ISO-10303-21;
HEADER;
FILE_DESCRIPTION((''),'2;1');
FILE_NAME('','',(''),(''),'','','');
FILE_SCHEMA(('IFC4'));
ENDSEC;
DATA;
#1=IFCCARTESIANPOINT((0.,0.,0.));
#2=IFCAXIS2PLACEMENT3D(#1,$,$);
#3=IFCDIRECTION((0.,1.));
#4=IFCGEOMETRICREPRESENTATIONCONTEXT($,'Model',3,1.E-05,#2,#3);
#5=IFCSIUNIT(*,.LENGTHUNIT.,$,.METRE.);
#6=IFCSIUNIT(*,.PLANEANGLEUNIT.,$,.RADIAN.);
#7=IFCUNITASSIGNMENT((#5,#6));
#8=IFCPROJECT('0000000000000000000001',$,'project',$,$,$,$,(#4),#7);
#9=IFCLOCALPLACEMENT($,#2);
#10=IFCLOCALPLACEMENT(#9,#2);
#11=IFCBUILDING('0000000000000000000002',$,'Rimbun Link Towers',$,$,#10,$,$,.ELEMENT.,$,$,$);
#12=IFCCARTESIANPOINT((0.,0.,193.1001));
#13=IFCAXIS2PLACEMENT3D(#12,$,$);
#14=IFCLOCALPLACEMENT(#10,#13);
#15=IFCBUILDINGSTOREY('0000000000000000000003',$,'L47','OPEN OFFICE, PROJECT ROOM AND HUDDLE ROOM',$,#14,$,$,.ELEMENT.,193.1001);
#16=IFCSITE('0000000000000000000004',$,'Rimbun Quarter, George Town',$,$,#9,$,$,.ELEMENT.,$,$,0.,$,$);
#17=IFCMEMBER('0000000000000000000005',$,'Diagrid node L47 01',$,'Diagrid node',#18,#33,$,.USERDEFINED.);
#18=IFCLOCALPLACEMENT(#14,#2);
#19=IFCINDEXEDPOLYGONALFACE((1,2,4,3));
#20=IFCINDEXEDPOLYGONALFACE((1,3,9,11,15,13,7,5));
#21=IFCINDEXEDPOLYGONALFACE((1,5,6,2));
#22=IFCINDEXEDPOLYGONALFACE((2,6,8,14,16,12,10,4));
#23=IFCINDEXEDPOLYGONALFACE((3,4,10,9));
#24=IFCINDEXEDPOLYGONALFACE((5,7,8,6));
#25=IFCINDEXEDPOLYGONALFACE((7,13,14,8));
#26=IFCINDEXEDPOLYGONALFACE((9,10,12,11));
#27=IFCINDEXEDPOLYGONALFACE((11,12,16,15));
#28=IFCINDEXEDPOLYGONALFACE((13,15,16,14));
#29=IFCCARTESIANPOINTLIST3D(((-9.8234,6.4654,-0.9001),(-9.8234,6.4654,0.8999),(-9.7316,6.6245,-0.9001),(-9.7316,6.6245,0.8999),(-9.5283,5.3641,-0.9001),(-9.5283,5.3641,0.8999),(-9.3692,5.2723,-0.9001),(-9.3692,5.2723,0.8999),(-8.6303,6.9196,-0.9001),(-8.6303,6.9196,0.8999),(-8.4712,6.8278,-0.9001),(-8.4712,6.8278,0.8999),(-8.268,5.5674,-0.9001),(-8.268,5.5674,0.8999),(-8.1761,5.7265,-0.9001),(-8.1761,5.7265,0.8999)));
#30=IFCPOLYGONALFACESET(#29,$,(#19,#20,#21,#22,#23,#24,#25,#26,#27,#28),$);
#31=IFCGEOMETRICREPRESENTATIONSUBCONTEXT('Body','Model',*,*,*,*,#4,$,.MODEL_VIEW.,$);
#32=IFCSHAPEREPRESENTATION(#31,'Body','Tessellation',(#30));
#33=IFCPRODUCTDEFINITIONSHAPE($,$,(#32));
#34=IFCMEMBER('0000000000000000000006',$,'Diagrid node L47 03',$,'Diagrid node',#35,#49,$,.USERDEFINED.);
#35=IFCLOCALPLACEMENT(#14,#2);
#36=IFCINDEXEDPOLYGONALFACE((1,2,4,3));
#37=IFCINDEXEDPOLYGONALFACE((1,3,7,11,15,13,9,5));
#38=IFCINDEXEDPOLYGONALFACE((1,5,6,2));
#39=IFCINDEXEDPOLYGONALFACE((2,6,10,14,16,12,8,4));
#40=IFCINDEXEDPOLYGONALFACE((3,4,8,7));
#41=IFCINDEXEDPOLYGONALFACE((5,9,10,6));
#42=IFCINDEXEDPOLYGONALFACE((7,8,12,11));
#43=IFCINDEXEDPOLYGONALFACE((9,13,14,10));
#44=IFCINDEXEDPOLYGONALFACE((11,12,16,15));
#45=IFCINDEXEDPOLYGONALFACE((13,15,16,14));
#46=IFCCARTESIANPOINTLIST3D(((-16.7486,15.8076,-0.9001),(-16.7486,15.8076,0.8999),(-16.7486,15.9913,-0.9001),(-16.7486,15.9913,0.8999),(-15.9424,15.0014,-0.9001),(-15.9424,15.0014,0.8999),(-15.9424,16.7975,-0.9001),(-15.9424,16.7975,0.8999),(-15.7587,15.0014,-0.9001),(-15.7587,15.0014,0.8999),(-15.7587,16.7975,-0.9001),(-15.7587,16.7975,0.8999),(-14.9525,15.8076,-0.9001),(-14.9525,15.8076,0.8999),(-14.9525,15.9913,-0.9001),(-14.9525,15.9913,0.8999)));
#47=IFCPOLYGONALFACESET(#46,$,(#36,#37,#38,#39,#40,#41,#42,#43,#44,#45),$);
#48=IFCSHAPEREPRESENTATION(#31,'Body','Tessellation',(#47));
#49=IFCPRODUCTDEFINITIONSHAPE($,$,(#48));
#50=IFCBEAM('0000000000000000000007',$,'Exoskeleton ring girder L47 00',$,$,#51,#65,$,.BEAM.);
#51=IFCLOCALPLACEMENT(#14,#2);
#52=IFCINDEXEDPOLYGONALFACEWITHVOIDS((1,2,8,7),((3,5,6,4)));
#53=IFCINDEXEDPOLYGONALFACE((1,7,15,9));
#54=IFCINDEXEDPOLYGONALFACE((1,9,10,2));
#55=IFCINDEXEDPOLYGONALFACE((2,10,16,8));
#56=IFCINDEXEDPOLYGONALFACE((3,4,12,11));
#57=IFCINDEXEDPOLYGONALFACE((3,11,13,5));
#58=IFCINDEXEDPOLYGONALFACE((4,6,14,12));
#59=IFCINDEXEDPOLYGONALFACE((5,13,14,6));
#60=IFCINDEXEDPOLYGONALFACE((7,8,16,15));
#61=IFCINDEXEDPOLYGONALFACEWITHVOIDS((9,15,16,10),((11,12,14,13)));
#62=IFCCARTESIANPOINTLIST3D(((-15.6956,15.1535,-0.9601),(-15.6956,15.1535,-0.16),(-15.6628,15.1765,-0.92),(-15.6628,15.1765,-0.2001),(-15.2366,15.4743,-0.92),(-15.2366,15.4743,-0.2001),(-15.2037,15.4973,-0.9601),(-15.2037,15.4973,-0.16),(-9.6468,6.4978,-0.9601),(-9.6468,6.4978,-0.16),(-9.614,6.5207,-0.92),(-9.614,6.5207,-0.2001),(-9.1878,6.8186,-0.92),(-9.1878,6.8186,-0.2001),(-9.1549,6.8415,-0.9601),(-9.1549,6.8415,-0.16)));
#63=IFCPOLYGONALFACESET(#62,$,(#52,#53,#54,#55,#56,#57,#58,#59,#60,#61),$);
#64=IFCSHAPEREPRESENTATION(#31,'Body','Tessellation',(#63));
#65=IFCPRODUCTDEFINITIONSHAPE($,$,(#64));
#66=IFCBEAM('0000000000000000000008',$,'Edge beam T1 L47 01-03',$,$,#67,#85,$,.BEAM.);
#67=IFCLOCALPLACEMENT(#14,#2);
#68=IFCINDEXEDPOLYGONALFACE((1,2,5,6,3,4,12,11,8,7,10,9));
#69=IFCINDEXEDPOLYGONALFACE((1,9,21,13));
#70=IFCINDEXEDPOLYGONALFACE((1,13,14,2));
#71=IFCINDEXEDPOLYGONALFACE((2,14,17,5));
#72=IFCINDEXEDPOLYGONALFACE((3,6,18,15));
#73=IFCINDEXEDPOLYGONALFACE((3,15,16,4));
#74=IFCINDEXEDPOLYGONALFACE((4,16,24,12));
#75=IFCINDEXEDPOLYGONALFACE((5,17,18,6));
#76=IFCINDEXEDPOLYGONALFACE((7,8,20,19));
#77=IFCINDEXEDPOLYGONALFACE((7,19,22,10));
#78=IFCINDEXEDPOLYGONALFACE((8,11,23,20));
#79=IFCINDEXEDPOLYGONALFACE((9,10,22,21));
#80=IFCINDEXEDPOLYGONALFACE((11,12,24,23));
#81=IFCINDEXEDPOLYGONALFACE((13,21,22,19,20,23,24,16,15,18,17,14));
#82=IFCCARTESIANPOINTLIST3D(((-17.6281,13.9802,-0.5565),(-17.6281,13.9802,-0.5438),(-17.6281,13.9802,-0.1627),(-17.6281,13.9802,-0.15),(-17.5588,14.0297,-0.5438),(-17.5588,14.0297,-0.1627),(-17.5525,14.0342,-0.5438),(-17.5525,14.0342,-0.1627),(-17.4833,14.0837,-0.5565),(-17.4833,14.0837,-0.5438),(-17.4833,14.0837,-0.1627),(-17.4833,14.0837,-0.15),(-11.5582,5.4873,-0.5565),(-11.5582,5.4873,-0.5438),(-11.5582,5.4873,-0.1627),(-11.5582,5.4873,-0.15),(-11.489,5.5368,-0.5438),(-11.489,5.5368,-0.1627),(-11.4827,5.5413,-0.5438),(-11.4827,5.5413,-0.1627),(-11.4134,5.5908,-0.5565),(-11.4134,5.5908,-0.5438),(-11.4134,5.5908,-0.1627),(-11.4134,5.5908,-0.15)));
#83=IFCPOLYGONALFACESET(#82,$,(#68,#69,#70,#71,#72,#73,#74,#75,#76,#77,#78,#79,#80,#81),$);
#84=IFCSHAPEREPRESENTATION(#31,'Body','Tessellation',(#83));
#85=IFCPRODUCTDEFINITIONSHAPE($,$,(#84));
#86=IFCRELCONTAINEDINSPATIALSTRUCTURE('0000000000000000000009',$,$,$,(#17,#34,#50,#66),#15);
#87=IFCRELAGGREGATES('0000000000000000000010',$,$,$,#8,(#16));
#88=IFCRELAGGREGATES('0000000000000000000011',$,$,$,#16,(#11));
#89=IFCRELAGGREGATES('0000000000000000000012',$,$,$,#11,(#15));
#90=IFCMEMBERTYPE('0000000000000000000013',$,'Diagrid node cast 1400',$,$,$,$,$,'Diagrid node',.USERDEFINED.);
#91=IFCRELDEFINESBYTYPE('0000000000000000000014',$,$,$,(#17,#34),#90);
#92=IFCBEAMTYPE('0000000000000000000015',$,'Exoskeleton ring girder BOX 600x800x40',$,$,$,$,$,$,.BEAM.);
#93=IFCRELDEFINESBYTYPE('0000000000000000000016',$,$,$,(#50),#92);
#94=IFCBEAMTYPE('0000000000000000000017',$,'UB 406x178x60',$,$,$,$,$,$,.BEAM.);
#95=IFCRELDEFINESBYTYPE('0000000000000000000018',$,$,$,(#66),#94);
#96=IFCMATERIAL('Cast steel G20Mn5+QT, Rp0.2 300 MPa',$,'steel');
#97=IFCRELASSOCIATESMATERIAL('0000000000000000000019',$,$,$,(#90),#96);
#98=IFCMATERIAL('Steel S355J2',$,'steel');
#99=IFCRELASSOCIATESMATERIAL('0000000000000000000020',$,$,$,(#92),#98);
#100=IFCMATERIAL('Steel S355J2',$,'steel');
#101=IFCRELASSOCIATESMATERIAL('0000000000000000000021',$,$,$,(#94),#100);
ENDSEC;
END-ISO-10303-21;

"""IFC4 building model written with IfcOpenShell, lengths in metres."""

from ifc_helpers import new_model, si_unit, direction, frame, origin, origin_2d, place, context, subcontext, project, spatial, polyline, hollow_rectangle, i_section, outline, extrude, material, material_profile, profile_set, type_object, element, save


model = new_model("IFC4")

# Units and contexts
model_context = context("Model", 3, precision=1e-05, world=origin(), true_north=direction((0.0, 1.0)))
body_context = subcontext(model_context, "Body", "Model", "MODEL_VIEW")
ifc_project = project(units=[si_unit("LENGTHUNIT", "METRE"), si_unit("PLANEANGLEUNIT", "RADIAN")], contexts=[model_context])

# Site, building, storey
site_placement = place(None, origin())
site = spatial("IfcSite", under=ifc_project, at=site_placement, Name="Rimbun Quarter, George Town", CompositionType="ELEMENT", RefElevation=0.0)
building_placement = place(site_placement, origin())
building = spatial("IfcBuilding", under=site, at=building_placement, Name="Rimbun Link Towers", CompositionType="ELEMENT")
storey_placement = place(building_placement, frame((0.0, 0.0, 193.1001)))
storey = spatial("IfcBuildingStorey", under=building, at=storey_placement, Name="L47", Description="OPEN OFFICE, PROJECT ROOM AND HUDDLE ROOM", CompositionType="ELEMENT", Elevation=193.1001)

# Members
ifc_material_1 = material(Name="Cast steel G20Mn5+QT, Rp0.2 300 MPa", Category="steel")
ifc_material_profile_1 = material_profile(ifc_material_1, outline(polyline([(0.7, -0.5701), (0.7, 0.5701), (0.5701, 0.7), (-0.5701, 0.7), (-0.7, 0.5701), (-0.7, -0.5701), (-0.5701, -0.7), (0.5701, -0.7), (0.7, -0.5701)])), Name="NODE 1400x1400")
ifc_profile_set_1 = profile_set([ifc_material_profile_1], Name="Cast steel G20Mn5+QT, Rp0.2 300 MPa")
member_type_1 = type_object("IfcMemberType", Name="Diagrid node cast 1400", ElementType="Diagrid node", PredefinedType="USERDEFINED", material=ifc_profile_set_1)
for number, where, z_axis, x_axis, name in (
    (1, (-8.9998, 6.0959, -0.9001), (0.0, 0.0, 1.0), (0.965926, 0.258819, 0.0), "Diagrid node L47 01"),
    (2, (-15.8506, 15.8994, -0.9001), (0.0, 0.0, 1.0), (0.707107, 0.707107, 0.0), "Diagrid node L47 03"),
):
    element("IfcMember", number, at=place(storey_placement, frame(where, z_axis=z_axis, x_axis=x_axis)), inside=storey, type_object=member_type_1, Name=name, ObjectType="Diagrid node", PredefinedType="USERDEFINED", context=body_context, shape_type="SweptSolid", body=[
        extrude(outline(polyline([(0.7, -0.5701), (0.7, 0.5701), (0.5701, 0.7), (-0.5701, 0.7), (-0.7, 0.5701), (-0.7, -0.5701), (-0.5701, -0.7), (0.5701, -0.7), (0.7, -0.5701)])), origin(), (0.0, 0.0, 1.0), 1.8),
    ])

# Beams
ifc_material_2 = material(Name="Steel S355J2", Category="steel")
ifc_material_profile_2 = material_profile(ifc_material_2, hollow_rectangle(XDim=0.6001, YDim=0.8, WallThickness=0.04, at=origin_2d()), Name="Exoskeleton ring girder BOX 600x800x40")
ifc_profile_set_2 = profile_set([ifc_material_profile_2], Name="Steel S355J2")
beam_type_1 = type_object("IfcBeamType", Name="Exoskeleton ring girder BOX 600x800x40", PredefinedType="BEAM", material=ifc_profile_set_2)
beam_1_placement = place(storey_placement, frame((-9.4009, 6.6697, -0.5601), z_axis=(-0.572814, 0.819686, 0.0), x_axis=(-0.819686, -0.572814, 0.0)))
element("IfcBeam", 3, at=beam_1_placement, inside=storey, type_object=beam_type_1, Name="Exoskeleton ring girder L47 00", PredefinedType="BEAM", context=body_context, shape_type="SweptSolid", body=[
    extrude(hollow_rectangle(XDim=0.6001, YDim=0.8, WallThickness=0.04, at=origin_2d()), origin(), (0.0, 0.0, 1.0), 10.5598),
])
ifc_material_3 = material(Name="Steel S355J2", Category="steel")
ifc_material_profile_3 = material_profile(ifc_material_3, i_section(OverallWidth=0.178, OverallDepth=0.4065, WebThickness=0.0078, FlangeThickness=0.0127, at=origin_2d()), Name="UB 406x178x60")
ifc_profile_set_3 = profile_set([ifc_material_profile_3], Name="Steel S355J2")
beam_type_2 = type_object("IfcBeamType", Name="UB 406x178x60", PredefinedType="BEAM", material=ifc_profile_set_3)
beam_2_placement = place(storey_placement, frame((-11.4858, 5.5391, -0.3533), z_axis=(-0.581457, 0.813577, 0.0), x_axis=(-0.813577, -0.581457, 0.0)))
element("IfcBeam", 4, at=beam_2_placement, inside=storey, type_object=beam_type_2, Name="Edge beam T1 L47 01-03", PredefinedType="BEAM", context=body_context, shape_type="SweptSolid", body=[
    extrude(i_section(OverallWidth=0.178, OverallDepth=0.4065, WebThickness=0.0078, FlangeThickness=0.0127, at=origin_2d()), origin(), (0.0, 0.0, 1.0), 10.439),
])

save(model, "model.ifc")
